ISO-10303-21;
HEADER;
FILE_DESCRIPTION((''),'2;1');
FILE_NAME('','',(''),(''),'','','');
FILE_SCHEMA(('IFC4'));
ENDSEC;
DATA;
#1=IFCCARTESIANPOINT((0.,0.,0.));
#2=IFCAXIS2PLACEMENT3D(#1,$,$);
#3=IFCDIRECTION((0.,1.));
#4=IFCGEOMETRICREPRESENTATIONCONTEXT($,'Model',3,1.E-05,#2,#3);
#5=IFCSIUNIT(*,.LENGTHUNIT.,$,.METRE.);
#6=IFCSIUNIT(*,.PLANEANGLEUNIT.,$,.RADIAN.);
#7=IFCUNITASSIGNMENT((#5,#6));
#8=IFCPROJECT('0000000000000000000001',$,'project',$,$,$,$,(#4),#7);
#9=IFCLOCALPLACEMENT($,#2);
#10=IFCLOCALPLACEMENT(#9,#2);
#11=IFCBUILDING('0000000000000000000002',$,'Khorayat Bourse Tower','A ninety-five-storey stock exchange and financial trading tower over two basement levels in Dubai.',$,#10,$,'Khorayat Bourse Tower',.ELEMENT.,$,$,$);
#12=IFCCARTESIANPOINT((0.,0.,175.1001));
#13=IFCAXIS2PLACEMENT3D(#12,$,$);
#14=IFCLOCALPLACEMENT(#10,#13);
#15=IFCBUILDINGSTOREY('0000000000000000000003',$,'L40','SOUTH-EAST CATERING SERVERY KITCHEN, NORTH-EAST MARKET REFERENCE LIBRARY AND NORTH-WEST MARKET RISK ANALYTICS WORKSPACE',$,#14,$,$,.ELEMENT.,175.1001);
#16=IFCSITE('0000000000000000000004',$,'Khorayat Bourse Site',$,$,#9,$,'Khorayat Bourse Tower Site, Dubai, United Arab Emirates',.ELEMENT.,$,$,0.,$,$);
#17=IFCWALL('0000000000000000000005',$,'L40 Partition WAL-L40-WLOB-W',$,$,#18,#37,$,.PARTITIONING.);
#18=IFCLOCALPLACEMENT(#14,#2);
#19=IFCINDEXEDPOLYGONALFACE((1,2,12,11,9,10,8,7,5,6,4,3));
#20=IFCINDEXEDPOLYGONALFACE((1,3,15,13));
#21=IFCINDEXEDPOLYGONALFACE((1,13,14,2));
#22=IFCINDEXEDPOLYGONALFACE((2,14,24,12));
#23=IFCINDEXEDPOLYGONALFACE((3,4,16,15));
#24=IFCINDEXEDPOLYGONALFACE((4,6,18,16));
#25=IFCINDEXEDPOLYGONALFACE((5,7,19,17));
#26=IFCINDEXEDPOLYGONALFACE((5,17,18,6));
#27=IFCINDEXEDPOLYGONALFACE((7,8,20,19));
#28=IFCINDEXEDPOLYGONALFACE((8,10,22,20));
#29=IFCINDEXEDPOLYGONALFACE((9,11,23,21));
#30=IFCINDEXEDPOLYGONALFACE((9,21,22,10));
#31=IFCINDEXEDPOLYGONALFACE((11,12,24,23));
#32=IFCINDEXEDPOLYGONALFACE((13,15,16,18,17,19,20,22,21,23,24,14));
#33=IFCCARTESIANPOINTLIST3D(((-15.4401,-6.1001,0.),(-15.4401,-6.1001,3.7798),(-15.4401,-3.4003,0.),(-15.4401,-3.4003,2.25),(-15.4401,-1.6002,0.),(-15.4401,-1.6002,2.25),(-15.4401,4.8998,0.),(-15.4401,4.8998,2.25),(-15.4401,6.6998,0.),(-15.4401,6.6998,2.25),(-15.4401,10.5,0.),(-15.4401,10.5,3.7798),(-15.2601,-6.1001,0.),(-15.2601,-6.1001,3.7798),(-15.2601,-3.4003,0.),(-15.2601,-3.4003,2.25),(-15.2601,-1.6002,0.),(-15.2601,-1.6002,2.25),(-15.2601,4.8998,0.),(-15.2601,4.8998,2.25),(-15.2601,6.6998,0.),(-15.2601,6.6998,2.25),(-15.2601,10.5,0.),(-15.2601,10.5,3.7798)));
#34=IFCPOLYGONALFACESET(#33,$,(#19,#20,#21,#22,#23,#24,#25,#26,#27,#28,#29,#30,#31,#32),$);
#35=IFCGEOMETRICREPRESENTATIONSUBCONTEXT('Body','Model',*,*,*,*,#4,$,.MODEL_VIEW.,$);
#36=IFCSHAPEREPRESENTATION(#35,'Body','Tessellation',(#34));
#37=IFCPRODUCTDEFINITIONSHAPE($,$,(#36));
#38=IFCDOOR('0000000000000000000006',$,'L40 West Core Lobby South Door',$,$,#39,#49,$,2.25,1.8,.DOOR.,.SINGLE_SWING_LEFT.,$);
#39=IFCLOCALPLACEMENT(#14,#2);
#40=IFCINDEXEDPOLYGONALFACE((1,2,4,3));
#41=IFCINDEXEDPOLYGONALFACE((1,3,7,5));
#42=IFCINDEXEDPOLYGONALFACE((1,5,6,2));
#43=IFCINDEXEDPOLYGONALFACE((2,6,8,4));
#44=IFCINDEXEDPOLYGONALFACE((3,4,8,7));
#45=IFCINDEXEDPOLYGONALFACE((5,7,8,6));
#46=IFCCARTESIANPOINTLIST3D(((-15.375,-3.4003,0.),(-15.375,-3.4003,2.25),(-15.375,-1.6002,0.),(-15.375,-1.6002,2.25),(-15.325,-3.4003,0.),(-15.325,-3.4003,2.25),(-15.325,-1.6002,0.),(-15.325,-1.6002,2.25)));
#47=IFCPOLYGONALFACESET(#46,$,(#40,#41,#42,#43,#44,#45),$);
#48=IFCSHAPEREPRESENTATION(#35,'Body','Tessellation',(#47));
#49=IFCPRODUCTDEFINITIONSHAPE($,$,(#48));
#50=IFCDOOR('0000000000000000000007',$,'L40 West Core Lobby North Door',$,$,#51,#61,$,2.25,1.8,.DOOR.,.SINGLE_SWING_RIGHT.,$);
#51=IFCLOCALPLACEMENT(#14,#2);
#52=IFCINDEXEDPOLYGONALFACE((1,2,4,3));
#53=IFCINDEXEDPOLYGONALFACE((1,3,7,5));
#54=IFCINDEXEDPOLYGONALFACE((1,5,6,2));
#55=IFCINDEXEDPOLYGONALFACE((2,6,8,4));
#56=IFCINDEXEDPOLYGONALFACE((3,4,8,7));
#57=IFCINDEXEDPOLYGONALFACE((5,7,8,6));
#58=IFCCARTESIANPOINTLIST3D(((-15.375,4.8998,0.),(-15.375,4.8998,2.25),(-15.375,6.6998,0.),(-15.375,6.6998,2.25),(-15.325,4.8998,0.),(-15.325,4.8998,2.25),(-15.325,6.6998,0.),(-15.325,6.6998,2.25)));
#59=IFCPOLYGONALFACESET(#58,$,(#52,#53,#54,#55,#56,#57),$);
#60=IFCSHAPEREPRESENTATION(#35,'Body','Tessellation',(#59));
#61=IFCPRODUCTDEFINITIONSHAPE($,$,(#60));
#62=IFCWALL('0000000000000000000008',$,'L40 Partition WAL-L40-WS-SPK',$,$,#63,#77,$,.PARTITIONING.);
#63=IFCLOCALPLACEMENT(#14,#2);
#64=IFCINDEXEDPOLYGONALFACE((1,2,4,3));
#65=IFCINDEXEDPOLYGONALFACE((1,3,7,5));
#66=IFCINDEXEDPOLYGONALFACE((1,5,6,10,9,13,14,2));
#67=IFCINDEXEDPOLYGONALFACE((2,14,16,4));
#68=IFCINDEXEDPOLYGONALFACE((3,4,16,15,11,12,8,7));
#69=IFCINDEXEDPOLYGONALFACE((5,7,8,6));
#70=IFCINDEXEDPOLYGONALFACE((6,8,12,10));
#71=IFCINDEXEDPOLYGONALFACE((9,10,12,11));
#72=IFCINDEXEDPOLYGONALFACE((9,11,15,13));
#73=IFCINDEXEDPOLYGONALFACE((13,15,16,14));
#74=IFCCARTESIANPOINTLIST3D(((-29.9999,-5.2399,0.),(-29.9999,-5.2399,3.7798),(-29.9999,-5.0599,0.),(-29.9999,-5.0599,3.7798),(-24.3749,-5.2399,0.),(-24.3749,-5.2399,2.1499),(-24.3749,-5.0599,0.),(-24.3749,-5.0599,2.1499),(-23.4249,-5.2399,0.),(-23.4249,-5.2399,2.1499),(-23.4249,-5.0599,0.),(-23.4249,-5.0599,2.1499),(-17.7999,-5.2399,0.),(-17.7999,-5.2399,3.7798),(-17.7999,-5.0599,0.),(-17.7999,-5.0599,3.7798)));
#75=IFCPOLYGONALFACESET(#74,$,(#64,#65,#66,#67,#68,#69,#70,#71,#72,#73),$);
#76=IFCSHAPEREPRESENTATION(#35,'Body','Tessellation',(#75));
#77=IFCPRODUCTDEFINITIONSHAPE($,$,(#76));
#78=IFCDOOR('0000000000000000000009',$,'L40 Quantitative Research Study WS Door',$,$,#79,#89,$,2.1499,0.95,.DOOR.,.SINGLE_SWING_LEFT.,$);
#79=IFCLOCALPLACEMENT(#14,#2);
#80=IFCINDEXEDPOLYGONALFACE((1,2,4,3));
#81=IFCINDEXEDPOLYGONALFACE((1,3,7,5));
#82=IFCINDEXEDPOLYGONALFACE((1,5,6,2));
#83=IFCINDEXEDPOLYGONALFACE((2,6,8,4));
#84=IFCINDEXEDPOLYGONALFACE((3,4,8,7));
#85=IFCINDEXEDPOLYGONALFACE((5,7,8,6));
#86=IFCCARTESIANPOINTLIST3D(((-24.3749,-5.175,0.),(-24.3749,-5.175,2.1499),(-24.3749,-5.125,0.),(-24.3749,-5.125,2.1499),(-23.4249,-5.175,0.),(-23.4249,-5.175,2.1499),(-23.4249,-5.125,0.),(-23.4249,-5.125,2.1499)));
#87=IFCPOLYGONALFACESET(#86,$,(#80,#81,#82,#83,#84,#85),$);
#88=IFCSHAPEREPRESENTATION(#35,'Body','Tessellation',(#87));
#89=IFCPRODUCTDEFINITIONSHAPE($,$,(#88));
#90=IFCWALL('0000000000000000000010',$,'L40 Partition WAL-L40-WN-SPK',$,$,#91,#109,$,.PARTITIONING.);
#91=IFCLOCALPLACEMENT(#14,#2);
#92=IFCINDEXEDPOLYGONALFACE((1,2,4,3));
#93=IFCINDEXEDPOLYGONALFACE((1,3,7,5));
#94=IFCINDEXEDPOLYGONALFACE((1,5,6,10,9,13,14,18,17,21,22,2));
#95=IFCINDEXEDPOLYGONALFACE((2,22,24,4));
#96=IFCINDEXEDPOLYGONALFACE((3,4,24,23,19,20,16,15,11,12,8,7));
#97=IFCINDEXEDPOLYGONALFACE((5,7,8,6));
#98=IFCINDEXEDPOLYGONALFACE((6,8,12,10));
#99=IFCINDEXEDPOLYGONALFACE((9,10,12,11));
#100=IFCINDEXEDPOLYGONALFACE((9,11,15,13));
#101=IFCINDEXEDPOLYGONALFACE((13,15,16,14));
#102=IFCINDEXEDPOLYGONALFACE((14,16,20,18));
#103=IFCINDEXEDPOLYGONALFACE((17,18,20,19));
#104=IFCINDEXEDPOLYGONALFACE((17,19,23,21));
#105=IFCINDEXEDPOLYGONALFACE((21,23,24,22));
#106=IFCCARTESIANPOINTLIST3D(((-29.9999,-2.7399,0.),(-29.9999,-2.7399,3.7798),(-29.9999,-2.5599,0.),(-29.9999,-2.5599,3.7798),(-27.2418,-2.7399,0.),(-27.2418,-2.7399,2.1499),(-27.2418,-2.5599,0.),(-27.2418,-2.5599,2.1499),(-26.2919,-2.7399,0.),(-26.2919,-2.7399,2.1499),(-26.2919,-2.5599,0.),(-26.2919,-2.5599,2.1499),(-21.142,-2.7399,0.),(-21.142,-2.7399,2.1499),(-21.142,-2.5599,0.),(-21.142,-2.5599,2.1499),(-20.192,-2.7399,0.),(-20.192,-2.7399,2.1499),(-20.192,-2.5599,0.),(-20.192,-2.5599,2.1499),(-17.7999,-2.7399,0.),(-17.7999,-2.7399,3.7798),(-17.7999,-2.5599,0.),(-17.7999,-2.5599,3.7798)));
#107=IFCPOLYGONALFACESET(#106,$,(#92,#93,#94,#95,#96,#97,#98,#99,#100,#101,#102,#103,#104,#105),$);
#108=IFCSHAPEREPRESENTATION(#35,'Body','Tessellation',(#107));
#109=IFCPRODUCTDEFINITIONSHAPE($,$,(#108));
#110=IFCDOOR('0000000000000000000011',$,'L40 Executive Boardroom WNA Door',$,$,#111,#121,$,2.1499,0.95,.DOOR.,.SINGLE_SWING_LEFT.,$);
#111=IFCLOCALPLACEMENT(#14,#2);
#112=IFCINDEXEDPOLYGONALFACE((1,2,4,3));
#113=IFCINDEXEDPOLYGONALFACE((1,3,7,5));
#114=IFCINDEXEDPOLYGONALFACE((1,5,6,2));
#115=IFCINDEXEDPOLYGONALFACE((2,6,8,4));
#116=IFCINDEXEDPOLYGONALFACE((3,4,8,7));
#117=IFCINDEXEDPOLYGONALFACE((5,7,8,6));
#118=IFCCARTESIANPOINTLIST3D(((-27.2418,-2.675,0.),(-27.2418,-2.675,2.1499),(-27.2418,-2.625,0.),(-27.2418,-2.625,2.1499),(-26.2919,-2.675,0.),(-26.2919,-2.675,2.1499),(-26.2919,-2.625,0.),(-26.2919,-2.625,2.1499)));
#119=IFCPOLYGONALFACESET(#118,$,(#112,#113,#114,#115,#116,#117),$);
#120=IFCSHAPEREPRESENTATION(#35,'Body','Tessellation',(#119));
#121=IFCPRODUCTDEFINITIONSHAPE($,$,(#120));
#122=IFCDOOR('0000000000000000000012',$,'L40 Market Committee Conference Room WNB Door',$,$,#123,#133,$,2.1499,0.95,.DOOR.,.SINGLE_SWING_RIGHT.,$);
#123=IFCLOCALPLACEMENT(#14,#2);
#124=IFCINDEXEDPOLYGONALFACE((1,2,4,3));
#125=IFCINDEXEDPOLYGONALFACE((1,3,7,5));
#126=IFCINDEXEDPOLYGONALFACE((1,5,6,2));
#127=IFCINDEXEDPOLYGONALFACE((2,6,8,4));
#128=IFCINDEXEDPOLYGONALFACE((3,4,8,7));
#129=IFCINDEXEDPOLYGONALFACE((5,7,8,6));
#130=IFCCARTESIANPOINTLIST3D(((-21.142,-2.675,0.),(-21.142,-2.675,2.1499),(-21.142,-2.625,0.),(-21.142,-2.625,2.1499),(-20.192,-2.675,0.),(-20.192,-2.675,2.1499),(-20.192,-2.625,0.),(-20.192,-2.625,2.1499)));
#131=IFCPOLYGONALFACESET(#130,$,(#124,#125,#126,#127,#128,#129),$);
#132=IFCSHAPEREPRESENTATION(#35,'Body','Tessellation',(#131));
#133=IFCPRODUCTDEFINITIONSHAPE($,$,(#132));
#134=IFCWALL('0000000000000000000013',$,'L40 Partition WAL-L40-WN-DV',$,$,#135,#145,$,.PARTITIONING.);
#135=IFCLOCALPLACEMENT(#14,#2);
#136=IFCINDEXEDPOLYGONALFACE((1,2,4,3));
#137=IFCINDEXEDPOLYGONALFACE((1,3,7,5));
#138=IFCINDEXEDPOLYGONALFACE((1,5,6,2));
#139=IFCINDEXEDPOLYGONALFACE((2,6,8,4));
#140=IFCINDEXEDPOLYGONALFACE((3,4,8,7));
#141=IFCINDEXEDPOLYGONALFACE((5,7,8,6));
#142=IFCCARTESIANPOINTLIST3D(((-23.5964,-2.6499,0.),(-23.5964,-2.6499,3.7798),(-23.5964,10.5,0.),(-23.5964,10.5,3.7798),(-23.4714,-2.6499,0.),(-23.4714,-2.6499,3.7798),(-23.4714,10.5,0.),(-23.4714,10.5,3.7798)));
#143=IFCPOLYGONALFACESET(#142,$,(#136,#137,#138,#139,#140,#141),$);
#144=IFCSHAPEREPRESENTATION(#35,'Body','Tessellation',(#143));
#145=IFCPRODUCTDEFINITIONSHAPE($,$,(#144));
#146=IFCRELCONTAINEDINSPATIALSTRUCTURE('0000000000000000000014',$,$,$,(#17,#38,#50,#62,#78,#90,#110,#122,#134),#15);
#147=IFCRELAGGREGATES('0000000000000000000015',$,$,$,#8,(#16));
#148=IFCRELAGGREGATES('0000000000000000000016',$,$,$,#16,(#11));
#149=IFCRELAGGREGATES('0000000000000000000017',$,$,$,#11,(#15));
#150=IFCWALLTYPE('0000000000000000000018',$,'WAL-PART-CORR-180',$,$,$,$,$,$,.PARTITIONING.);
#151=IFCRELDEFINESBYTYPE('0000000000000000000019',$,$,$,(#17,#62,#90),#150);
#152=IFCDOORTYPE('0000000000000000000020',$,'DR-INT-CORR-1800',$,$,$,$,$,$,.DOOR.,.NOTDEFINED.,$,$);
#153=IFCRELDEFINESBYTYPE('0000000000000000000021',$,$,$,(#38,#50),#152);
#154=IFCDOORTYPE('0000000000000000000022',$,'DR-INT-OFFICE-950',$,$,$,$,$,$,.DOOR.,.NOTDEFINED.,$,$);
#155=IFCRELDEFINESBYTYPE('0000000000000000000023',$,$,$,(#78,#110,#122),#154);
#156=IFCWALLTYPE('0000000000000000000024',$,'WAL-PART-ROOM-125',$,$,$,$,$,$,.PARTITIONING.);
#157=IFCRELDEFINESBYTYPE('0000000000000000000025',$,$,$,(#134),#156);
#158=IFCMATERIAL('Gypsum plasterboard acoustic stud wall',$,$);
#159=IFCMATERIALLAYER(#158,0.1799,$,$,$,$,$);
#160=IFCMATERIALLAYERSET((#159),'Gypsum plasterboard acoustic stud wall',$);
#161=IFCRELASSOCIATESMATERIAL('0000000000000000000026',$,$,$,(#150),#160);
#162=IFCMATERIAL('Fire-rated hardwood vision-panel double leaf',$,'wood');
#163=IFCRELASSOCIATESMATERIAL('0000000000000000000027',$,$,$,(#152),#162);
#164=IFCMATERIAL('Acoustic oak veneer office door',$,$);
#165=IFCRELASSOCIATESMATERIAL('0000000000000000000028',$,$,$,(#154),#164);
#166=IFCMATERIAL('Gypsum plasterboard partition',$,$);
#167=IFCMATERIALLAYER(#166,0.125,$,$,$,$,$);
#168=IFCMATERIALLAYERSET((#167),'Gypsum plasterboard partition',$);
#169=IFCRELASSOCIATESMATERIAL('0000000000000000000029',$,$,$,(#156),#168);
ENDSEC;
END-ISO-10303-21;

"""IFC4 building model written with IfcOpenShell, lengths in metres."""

from ifc_helpers import new_model, si_unit, direction, frame, frame_2d, origin, place, context, subcontext, project, spatial, rectangle, extrude, source, transform, mapped, material, layer, layer_set, type_object, element, fill, save


model = new_model("IFC4")

# Units and contexts
model_context = context("Model", 3, precision=1e-05, world=origin(), true_north=direction((0.0, 1.0)))
body_context = subcontext(model_context, "Body", "Model", "MODEL_VIEW")
ifc_project = project(units=[si_unit("LENGTHUNIT", "METRE"), si_unit("PLANEANGLEUNIT", "RADIAN")], contexts=[model_context])

# Site, building, storey
site_placement = place(None, origin())
site = spatial("IfcSite", under=ifc_project, at=site_placement, Name="Khorayat Bourse Site", LongName="Khorayat Bourse Tower Site, Dubai, United Arab Emirates", CompositionType="ELEMENT", RefElevation=0.0)
building_placement = place(site_placement, origin())
building = spatial("IfcBuilding", under=site, at=building_placement, Name="Khorayat Bourse Tower", Description="A ninety-five-storey stock exchange and financial trading tower over two basement levels in Dubai.", LongName="Khorayat Bourse Tower", CompositionType="ELEMENT")
storey_placement = place(building_placement, frame((0.0, 0.0, 175.1001)))
storey = spatial("IfcBuildingStorey", under=building, at=storey_placement, Name="L40", Description="SOUTH-EAST CATERING SERVERY KITCHEN, NORTH-EAST MARKET REFERENCE LIBRARY AND NORTH-WEST MARKET RISK ANALYTICS WORKSPACE", CompositionType="ELEMENT", Elevation=175.1001)

# Wall, openings, doors
ifc_material_1 = material(Name="Gypsum plasterboard acoustic stud wall")
ifc_layer_1 = layer(ifc_material_1, 0.1799)
ifc_layer_set_1 = layer_set([ifc_layer_1], Name="Gypsum plasterboard acoustic stud wall")
wall_type_1 = type_object("IfcWallType", Name="WAL-PART-CORR-180", PredefinedType="PARTITIONING", material=ifc_layer_set_1)
shared_shape_1 = source(origin(), body_context, "Body", "SweptSolid", [
    extrude(rectangle(XDim=16.6001, YDim=0.1799, at=frame_2d((8.3, 0.0))), origin(), (0.0, 0.0, 1.0), 3.7798),
])
wall_1_placement = place(storey_placement, frame((-15.3501, -6.1001, 0.0), z_axis=(0.0, 0.0, 1.0), x_axis=(0.0, 1.0, 0.0)))
wall_1 = element("IfcWall", 1, at=wall_1_placement, inside=storey, type_object=wall_type_1, Name="L40 Partition WAL-L40-WLOB-W", PredefinedType="PARTITIONING", context=body_context, shape_type="MappedRepresentation", body=[
    mapped(shared_shape_1, transform((0.0, 0.0, 0.0), scale=1.0)),
])
shared_shape_2 = source(origin(), body_context, "Body", "SweptSolid", [
    extrude(rectangle(XDim=1.8, YDim=2.25, at=frame_2d((0.8999, 1.125))), frame((0.0, 0.0999, 0.0), z_axis=(0.0, -1.0, 0.0), x_axis=(1.0, 0.0, 0.0)), (0.0, 0.0, 1.0), 0.2),
])
opening_1_placement = place(wall_1_placement, frame((2.7, 0.0, 0.0)))
opening_1 = element("IfcOpeningElement", 2, at=opening_1_placement, cuts=wall_1, PredefinedType="OPENING", context=body_context, shape_type="MappedRepresentation", body=[
    mapped(shared_shape_2, transform((0.0, 0.0, 0.0), scale=1.0)),
])
opening_2_placement = place(wall_1_placement, frame((11.0, 0.0, 0.0)))
opening_2 = element("IfcOpeningElement", 3, at=opening_2_placement, cuts=wall_1, PredefinedType="OPENING", context=body_context, shape_type="MappedRepresentation", body=[
    mapped(shared_shape_2, transform((0.0, 0.0, 0.0), scale=1.0)),
])
ifc_material_2 = material(Name="Fire-rated hardwood vision-panel double leaf", Category="wood")
door_type_1 = type_object("IfcDoorType", Name="DR-INT-CORR-1800", OperationType="NOTDEFINED", PredefinedType="DOOR", material=ifc_material_2)
shared_shape_3 = source(origin(), body_context, "Body", "SweptSolid", [
    extrude(rectangle(XDim=1.8, YDim=2.25, at=frame_2d((0.8999, 1.125))), frame((0.0, 0.0249, 0.0), z_axis=(0.0, -1.0, 0.0), x_axis=(1.0, 0.0, 0.0)), (0.0, 0.0, 1.0), 0.05),
])
door_1_placement = place(opening_1_placement, origin())
door_1 = element("IfcDoor", 4, at=door_1_placement, inside=storey, type_object=door_type_1, Name="L40 West Core Lobby South Door", OperationType="SINGLE_SWING_LEFT", OverallHeight=2.25, OverallWidth=1.8, PredefinedType="DOOR", context=body_context, shape_type="MappedRepresentation", body=[
    mapped(shared_shape_3, transform((0.0, 0.0, 0.0), scale=1.0)),
])
fill(opening_1, door_1)
door_2_placement = place(opening_2_placement, origin())
door_2 = element("IfcDoor", 5, at=door_2_placement, inside=storey, type_object=door_type_1, Name="L40 West Core Lobby North Door", OperationType="SINGLE_SWING_RIGHT", OverallHeight=2.25, OverallWidth=1.8, PredefinedType="DOOR", context=body_context, shape_type="MappedRepresentation", body=[
    mapped(shared_shape_3, transform((0.0, 0.0, 0.0), scale=1.0)),
])
fill(opening_2, door_2)

# Wall, opening, door
shared_shape_4 = source(origin(), body_context, "Body", "SweptSolid", [
    extrude(rectangle(XDim=12.2, YDim=0.1799, at=frame_2d((6.1001, 0.0))), origin(), (0.0, 0.0, 1.0), 3.7798),
])
wall_2_placement = place(storey_placement, frame((-30.0, -5.1499, 0.0), z_axis=(0.0, 0.0, 1.0), x_axis=(1.0, 0.0, 0.0)))
wall_2 = element("IfcWall", 6, at=wall_2_placement, inside=storey, type_object=wall_type_1, Name="L40 Partition WAL-L40-WS-SPK", PredefinedType="PARTITIONING", context=body_context, shape_type="MappedRepresentation", body=[
    mapped(shared_shape_4, transform((0.0, 0.0, 0.0), scale=1.0)),
])
shared_shape_5 = source(origin(), body_context, "Body", "SweptSolid", [
    extrude(rectangle(XDim=0.95, YDim=2.1499, at=frame_2d((0.4751, 1.075))), frame((0.0, 0.0999, 0.0), z_axis=(0.0, -1.0, 0.0), x_axis=(1.0, 0.0, 0.0)), (0.0, 0.0, 1.0), 0.2),
])
opening_3_placement = place(wall_2_placement, frame((5.625, 0.0, 0.0)))
opening_3 = element("IfcOpeningElement", 7, at=opening_3_placement, cuts=wall_2, PredefinedType="OPENING", context=body_context, shape_type="MappedRepresentation", body=[
    mapped(shared_shape_5, transform((0.0, 0.0, 0.0), scale=1.0)),
])
ifc_material_3 = material(Name="Acoustic oak veneer office door")
door_type_2 = type_object("IfcDoorType", Name="DR-INT-OFFICE-950", OperationType="NOTDEFINED", PredefinedType="DOOR", material=ifc_material_3)
shared_shape_6 = source(origin(), body_context, "Body", "SweptSolid", [
    extrude(rectangle(XDim=0.95, YDim=2.1499, at=frame_2d((0.4751, 1.075))), frame((0.0, 0.0249, 0.0), z_axis=(0.0, -1.0, 0.0), x_axis=(1.0, 0.0, 0.0)), (0.0, 0.0, 1.0), 0.05),
])
door_3_placement = place(opening_3_placement, origin())
door_3 = element("IfcDoor", 8, at=door_3_placement, inside=storey, type_object=door_type_2, Name="L40 Quantitative Research Study WS Door", OperationType="SINGLE_SWING_LEFT", OverallHeight=2.1499, OverallWidth=0.95, PredefinedType="DOOR", context=body_context, shape_type="MappedRepresentation", body=[
    mapped(shared_shape_6, transform((0.0, 0.0, 0.0), scale=1.0)),
])
fill(opening_3, door_3)

# Wall, openings, doors
wall_3_placement = place(storey_placement, frame((-30.0, -2.6499, 0.0), z_axis=(0.0, 0.0, 1.0), x_axis=(1.0, 0.0, 0.0)))
wall_3 = element("IfcWall", 9, at=wall_3_placement, inside=storey, type_object=wall_type_1, Name="L40 Partition WAL-L40-WN-SPK", PredefinedType="PARTITIONING", context=body_context, shape_type="MappedRepresentation", body=[
    mapped(shared_shape_4, transform((0.0, 0.0, 0.0), scale=1.0)),
])
opening_4_placement = place(wall_3_placement, frame((2.7581, 0.0, 0.0)))
opening_4 = element("IfcOpeningElement", 10, at=opening_4_placement, cuts=wall_3, PredefinedType="OPENING", context=body_context, shape_type="MappedRepresentation", body=[
    mapped(shared_shape_5, transform((0.0, 0.0, 0.0), scale=1.0)),
])
opening_5_placement = place(wall_3_placement, frame((8.8579, 0.0, 0.0)))
opening_5 = element("IfcOpeningElement", 11, at=opening_5_placement, cuts=wall_3, PredefinedType="OPENING", context=body_context, shape_type="MappedRepresentation", body=[
    mapped(shared_shape_5, transform((0.0, 0.0, 0.0), scale=1.0)),
])
door_4_placement = place(opening_4_placement, origin())
door_4 = element("IfcDoor", 12, at=door_4_placement, inside=storey, type_object=door_type_2, Name="L40 Executive Boardroom WNA Door", OperationType="SINGLE_SWING_LEFT", OverallHeight=2.1499, OverallWidth=0.95, PredefinedType="DOOR", context=body_context, shape_type="MappedRepresentation", body=[
    mapped(shared_shape_6, transform((0.0, 0.0, 0.0), scale=1.0)),
])
fill(opening_4, door_4)
door_5_placement = place(opening_5_placement, origin())
door_5 = element("IfcDoor", 13, at=door_5_placement, inside=storey, type_object=door_type_2, Name="L40 Market Committee Conference Room WNB Door", OperationType="SINGLE_SWING_RIGHT", OverallHeight=2.1499, OverallWidth=0.95, PredefinedType="DOOR", context=body_context, shape_type="MappedRepresentation", body=[
    mapped(shared_shape_6, transform((0.0, 0.0, 0.0), scale=1.0)),
])
fill(opening_5, door_5)

# Wall
ifc_material_4 = material(Name="Gypsum plasterboard partition")
ifc_layer_2 = layer(ifc_material_4, 0.125)
ifc_layer_set_2 = layer_set([ifc_layer_2], Name="Gypsum plasterboard partition")
wall_type_2 = type_object("IfcWallType", Name="WAL-PART-ROOM-125", PredefinedType="PARTITIONING", material=ifc_layer_set_2)
shared_shape_7 = source(origin(), body_context, "Body", "SweptSolid", [
    extrude(rectangle(XDim=13.1499, YDim=0.125, at=frame_2d((6.575, 0.0))), origin(), (0.0, 0.0, 1.0), 3.7798),
])
wall_4_placement = place(storey_placement, frame((-23.5339, -2.6499, 0.0), z_axis=(0.0, 0.0, 1.0), x_axis=(0.0, 1.0, 0.0)))
element("IfcWall", 14, at=wall_4_placement, inside=storey, type_object=wall_type_2, Name="L40 Partition WAL-L40-WN-DV", PredefinedType="PARTITIONING", context=body_context, shape_type="MappedRepresentation", body=[
    mapped(shared_shape_7, transform((0.0, 0.0, 0.0), scale=1.0)),
])

save(model, "model.ifc")
